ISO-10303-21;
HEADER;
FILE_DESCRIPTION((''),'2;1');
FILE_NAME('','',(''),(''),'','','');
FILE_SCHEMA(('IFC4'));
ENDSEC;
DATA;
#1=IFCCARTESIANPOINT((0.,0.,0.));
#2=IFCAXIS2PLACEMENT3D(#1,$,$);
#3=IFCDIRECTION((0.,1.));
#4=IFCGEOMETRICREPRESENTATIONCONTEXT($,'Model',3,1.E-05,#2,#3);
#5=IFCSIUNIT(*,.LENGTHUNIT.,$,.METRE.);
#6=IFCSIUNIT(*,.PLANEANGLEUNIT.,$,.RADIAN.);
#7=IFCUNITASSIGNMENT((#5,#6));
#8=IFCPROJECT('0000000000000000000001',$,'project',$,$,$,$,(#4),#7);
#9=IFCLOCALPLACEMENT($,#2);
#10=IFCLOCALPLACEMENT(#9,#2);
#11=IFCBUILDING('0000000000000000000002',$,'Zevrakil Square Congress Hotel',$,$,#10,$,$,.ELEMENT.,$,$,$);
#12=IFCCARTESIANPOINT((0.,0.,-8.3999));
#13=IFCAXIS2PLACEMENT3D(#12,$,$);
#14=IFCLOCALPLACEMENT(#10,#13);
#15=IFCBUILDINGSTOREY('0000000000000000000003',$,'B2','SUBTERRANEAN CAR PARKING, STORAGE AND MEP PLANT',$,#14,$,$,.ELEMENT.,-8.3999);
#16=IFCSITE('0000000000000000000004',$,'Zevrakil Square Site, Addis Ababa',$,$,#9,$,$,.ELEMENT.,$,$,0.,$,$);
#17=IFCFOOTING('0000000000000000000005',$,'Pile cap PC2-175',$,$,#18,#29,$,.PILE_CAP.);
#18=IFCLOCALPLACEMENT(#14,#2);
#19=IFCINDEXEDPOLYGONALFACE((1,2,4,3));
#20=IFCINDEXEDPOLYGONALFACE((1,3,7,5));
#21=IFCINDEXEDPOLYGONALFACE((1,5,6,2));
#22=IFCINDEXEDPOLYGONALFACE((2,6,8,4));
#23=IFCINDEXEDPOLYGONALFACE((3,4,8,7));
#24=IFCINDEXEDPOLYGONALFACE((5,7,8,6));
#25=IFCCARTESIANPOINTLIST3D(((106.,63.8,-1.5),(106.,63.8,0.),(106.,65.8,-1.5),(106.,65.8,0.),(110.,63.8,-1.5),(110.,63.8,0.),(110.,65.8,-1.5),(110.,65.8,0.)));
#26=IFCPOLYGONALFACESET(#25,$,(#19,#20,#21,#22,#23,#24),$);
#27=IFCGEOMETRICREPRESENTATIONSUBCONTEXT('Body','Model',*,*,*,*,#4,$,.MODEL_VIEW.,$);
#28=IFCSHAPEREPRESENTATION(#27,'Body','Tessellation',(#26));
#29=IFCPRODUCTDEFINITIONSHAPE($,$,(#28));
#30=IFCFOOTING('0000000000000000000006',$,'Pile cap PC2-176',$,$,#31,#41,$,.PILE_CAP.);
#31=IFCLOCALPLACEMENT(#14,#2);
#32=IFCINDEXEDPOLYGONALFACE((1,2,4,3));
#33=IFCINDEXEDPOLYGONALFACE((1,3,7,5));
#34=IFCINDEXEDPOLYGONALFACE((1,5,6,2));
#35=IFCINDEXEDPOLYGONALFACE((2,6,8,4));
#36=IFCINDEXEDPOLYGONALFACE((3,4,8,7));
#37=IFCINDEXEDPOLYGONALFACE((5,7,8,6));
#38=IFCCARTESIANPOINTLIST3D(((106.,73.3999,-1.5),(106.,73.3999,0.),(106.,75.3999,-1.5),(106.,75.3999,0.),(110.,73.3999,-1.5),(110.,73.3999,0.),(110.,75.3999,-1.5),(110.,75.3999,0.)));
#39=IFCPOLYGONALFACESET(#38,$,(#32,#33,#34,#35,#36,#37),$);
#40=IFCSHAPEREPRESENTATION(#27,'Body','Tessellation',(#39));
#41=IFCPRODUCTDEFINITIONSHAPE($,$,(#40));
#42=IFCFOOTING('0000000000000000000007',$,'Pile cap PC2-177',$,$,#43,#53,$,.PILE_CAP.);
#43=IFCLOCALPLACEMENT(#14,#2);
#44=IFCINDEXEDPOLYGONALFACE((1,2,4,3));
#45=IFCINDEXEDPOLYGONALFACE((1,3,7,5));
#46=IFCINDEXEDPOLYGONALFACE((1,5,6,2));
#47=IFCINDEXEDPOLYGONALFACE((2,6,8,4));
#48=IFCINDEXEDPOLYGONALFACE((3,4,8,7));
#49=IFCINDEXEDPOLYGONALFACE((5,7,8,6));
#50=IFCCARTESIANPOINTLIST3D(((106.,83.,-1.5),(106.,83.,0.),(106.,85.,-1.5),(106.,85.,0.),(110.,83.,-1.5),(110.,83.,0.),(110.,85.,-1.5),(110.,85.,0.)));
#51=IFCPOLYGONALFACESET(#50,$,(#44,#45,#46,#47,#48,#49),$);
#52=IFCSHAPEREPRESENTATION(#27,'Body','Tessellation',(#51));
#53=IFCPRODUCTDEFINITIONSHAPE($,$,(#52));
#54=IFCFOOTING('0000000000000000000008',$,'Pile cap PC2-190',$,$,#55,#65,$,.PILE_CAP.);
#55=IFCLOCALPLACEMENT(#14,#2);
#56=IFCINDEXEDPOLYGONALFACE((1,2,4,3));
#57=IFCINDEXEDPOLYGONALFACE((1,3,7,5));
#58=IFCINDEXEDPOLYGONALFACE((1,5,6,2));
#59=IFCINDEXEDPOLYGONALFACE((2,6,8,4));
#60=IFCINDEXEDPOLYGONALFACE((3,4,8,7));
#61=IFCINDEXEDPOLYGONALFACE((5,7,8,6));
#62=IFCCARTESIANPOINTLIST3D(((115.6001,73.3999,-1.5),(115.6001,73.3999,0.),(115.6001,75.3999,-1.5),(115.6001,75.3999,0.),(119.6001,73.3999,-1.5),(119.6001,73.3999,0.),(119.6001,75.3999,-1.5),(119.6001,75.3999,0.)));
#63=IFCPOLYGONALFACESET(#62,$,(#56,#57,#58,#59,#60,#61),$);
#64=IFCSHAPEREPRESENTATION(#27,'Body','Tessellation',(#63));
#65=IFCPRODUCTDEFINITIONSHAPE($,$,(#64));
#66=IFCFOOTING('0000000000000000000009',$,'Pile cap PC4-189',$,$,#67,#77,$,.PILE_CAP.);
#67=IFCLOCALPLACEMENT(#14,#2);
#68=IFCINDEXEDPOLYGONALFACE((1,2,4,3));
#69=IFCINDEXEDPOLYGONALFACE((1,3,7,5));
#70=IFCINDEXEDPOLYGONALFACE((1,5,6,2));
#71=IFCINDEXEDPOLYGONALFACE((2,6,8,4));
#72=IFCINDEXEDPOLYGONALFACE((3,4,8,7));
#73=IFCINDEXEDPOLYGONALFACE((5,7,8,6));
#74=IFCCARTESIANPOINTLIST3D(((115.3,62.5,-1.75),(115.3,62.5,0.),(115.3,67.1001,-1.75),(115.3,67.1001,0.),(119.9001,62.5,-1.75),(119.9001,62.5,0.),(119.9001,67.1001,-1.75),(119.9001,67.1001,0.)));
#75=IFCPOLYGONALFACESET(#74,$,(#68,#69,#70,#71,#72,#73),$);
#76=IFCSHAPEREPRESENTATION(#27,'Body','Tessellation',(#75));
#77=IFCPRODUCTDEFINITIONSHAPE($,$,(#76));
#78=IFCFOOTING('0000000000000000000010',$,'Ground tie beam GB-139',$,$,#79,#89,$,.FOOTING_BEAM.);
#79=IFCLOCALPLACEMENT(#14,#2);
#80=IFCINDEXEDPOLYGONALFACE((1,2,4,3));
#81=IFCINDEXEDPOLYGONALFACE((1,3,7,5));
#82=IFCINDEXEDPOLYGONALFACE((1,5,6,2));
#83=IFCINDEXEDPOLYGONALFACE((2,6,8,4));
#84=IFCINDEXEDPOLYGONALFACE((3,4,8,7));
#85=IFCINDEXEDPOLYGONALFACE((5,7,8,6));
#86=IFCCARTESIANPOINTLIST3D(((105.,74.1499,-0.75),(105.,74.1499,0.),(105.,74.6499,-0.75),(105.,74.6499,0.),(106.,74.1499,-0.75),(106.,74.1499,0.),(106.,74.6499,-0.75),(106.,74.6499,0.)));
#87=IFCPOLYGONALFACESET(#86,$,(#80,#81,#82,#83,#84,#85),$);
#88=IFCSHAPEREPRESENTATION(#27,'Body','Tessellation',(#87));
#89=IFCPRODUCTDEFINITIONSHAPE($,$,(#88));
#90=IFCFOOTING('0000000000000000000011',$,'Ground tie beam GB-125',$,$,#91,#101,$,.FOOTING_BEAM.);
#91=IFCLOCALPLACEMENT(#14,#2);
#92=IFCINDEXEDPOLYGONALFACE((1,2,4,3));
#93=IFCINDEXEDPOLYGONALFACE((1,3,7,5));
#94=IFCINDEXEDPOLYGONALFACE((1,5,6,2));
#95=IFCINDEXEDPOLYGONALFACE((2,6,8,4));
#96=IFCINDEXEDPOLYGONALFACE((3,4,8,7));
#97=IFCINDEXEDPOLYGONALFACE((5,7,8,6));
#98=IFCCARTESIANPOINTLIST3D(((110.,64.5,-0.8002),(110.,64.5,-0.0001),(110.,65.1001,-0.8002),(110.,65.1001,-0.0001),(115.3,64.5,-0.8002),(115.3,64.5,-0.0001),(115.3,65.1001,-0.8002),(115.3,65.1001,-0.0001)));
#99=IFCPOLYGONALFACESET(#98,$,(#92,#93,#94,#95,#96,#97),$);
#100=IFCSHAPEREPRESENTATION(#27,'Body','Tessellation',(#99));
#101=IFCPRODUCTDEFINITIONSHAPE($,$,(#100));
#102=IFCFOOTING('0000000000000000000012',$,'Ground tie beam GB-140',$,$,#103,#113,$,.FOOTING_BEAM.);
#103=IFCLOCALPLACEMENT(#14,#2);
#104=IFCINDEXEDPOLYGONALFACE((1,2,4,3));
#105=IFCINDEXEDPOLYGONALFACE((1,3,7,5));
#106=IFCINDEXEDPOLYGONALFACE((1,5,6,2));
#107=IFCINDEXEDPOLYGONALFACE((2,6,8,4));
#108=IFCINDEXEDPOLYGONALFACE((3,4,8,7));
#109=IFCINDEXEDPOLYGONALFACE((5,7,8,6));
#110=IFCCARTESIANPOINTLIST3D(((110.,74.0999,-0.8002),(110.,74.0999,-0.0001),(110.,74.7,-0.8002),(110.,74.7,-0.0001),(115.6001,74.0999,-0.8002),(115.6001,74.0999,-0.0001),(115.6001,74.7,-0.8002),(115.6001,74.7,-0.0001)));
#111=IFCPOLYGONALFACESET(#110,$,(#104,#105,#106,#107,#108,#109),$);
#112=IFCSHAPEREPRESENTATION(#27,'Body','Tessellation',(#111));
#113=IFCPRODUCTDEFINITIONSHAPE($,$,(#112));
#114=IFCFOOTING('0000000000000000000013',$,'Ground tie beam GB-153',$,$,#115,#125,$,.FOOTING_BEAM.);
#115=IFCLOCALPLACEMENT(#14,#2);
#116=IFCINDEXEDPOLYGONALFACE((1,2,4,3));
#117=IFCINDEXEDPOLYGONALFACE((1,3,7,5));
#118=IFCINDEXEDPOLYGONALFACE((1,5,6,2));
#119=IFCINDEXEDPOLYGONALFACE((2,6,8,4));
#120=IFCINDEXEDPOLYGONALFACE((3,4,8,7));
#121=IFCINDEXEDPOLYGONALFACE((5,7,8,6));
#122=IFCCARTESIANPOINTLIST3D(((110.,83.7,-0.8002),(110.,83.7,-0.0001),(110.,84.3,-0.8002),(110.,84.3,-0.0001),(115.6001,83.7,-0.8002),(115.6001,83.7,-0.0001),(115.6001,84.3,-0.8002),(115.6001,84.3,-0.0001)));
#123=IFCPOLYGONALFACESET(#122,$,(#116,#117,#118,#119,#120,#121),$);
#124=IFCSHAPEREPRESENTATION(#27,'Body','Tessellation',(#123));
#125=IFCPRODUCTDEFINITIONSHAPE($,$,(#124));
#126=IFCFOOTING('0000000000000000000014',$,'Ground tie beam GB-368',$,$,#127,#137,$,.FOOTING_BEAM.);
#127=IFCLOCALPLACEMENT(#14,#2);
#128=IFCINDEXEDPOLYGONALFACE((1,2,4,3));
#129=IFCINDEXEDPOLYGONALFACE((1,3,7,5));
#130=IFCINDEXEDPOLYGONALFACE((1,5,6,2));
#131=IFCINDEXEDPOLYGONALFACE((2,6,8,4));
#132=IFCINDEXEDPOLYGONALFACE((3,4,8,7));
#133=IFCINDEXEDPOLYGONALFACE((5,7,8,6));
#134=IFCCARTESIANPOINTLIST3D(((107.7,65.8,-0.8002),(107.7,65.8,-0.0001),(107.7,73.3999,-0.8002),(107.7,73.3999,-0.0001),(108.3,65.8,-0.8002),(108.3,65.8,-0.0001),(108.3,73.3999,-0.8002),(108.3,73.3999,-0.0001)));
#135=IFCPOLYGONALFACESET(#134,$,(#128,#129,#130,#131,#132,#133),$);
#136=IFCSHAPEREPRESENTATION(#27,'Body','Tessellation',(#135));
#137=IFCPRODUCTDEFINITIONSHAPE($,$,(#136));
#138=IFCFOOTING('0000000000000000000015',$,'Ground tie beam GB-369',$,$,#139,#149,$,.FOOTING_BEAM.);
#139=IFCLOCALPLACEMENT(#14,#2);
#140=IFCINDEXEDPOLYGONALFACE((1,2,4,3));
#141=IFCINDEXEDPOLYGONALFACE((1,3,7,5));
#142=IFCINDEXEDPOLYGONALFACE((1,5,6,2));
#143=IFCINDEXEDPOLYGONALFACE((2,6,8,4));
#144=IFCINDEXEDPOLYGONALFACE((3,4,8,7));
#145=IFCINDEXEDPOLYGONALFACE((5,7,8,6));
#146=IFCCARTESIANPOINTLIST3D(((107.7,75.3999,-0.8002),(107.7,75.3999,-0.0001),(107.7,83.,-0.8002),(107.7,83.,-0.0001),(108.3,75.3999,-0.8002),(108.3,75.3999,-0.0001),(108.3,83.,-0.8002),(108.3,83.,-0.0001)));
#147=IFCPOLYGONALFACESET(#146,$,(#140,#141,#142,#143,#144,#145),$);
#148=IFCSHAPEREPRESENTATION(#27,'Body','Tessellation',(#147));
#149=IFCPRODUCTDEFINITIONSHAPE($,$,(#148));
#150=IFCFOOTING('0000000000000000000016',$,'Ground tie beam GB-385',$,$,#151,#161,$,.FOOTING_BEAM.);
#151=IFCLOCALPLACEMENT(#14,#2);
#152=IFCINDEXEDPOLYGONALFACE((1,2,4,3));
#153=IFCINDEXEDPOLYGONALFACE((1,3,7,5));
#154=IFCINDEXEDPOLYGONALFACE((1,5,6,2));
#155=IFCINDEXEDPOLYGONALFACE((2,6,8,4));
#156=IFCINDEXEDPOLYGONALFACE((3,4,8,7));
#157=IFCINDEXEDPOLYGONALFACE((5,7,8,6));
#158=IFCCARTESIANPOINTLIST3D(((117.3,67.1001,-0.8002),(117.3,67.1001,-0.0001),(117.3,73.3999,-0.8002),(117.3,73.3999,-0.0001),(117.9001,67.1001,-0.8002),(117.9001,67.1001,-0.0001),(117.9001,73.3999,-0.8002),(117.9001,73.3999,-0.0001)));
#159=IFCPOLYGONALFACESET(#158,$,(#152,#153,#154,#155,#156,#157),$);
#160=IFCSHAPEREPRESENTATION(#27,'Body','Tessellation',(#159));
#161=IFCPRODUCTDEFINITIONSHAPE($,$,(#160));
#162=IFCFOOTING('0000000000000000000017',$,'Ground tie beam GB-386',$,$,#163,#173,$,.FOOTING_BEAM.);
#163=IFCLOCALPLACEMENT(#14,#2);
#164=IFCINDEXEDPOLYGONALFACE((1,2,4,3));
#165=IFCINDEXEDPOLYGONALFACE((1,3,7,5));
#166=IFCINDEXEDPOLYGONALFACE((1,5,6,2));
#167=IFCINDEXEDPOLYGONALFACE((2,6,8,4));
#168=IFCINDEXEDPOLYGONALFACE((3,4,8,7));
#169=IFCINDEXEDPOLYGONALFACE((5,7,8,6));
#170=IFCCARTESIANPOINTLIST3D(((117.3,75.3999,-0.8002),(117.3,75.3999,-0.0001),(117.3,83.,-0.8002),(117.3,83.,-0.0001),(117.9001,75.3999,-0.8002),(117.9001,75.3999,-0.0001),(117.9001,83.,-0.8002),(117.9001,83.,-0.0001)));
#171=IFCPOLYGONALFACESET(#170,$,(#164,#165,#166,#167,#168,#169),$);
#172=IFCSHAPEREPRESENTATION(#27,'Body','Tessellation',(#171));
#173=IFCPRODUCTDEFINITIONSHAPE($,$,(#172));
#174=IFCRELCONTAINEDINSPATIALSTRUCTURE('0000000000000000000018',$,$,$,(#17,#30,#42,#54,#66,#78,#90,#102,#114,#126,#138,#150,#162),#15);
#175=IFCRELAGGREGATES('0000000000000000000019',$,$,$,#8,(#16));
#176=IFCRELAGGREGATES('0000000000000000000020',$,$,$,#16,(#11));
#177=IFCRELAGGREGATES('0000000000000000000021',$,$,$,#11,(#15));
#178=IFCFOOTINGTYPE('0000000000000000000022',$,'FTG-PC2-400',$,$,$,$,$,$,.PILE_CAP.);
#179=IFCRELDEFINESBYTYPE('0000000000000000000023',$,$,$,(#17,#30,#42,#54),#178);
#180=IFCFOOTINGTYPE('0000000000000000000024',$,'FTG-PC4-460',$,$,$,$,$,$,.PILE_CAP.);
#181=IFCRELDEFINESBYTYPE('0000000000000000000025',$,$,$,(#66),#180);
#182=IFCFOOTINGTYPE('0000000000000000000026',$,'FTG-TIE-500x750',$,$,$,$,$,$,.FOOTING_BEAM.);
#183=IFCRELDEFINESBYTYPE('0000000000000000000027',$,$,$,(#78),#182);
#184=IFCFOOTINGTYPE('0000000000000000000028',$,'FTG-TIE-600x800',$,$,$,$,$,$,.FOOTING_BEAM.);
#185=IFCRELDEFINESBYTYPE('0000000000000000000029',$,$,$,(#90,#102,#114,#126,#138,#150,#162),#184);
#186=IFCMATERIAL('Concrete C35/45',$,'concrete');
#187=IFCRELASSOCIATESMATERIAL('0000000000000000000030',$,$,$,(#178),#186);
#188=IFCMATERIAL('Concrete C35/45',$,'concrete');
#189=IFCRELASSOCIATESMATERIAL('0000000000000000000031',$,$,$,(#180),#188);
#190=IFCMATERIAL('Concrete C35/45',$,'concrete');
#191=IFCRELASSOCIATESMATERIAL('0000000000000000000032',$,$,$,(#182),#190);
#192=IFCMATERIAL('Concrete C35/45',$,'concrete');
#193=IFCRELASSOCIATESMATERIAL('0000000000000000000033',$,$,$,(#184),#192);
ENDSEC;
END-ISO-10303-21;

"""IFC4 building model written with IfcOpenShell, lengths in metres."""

from ifc_helpers import new_model, si_unit, direction, frame, origin, origin_2d, place, context, subcontext, project, spatial, rectangle, extrude, material, material_profile, profile_set, type_object, element, save


model = new_model("IFC4")

# Units and contexts
model_context = context("Model", 3, precision=1e-05, world=origin(), true_north=direction((0.0, 1.0)))
body_context = subcontext(model_context, "Body", "Model", "MODEL_VIEW")
ifc_project = project(units=[si_unit("LENGTHUNIT", "METRE"), si_unit("PLANEANGLEUNIT", "RADIAN")], contexts=[model_context])

# Site, building, storey
site_placement = place(None, origin())
site = spatial("IfcSite", under=ifc_project, at=site_placement, Name="Zevrakil Square Site, Addis Ababa", CompositionType="ELEMENT", RefElevation=0.0)
building_placement = place(site_placement, origin())
building = spatial("IfcBuilding", under=site, at=building_placement, Name="Zevrakil Square Congress Hotel", CompositionType="ELEMENT")
storey_placement = place(building_placement, frame((0.0, 0.0, -8.3999)))
storey = spatial("IfcBuildingStorey", under=building, at=storey_placement, Name="B2", Description="SUBTERRANEAN CAR PARKING, STORAGE AND MEP PLANT", CompositionType="ELEMENT", Elevation=-8.3999)

# Footings
ifc_material_1 = material(Name="Concrete C35/45", Category="concrete")
footing_type_1 = type_object("IfcFootingType", Name="FTG-PC2-400", PredefinedType="PILE_CAP", material=ifc_material_1)
for number, where, z_axis, x_axis, name in (
    (1, (108.0, 64.8, -1.5), (0.0, 0.0, 1.0), (1.0, 0.0, 0.0), "Pile cap PC2-175"),
    (2, (108.0, 74.3999, -1.5), (0.0, 0.0, 1.0), (1.0, 0.0, 0.0), "Pile cap PC2-176"),
    (3, (108.0, 84.0, -1.5), (0.0, 0.0, 1.0), (1.0, 0.0, 0.0), "Pile cap PC2-177"),
    (4, (117.6001, 74.3999, -1.5), (0.0, 0.0, 1.0), (1.0, 0.0, 0.0), "Pile cap PC2-190"),
):
    element("IfcFooting", number, at=place(storey_placement, frame(where, z_axis=z_axis, x_axis=x_axis)), inside=storey, type_object=footing_type_1, Name=name, PredefinedType="PILE_CAP", context=body_context, shape_type="SweptSolid", body=[
        extrude(rectangle(XDim=4.0, YDim=2.0, at=origin_2d()), origin(), (0.0, 0.0, 1.0), 1.5),
    ])
ifc_material_2 = material(Name="Concrete C35/45", Category="concrete")
footing_type_2 = type_object("IfcFootingType", Name="FTG-PC4-460", PredefinedType="PILE_CAP", material=ifc_material_2)
footing_1_placement = place(storey_placement, frame((117.6001, 64.8, -1.75), z_axis=(0.0, 0.0, 1.0), x_axis=(1.0, 0.0, 0.0)))
element("IfcFooting", 5, at=footing_1_placement, inside=storey, type_object=footing_type_2, Name="Pile cap PC4-189", PredefinedType="PILE_CAP", context=body_context, shape_type="SweptSolid", body=[
    extrude(rectangle(XDim=4.6001, YDim=4.6001, at=origin_2d()), origin(), (0.0, 0.0, 1.0), 1.75),
])
ifc_material_3 = material(Name="Concrete C35/45", Category="concrete")
ifc_material_profile_1 = material_profile(ifc_material_3, rectangle(XDim=0.5, YDim=0.75, at=origin_2d()), Name="RC 500x750")
ifc_profile_set_1 = profile_set([ifc_material_profile_1], Name="Concrete C35/45")
footing_type_3 = type_object("IfcFootingType", Name="FTG-TIE-500x750", PredefinedType="FOOTING_BEAM", material=ifc_profile_set_1)
footing_2_placement = place(storey_placement, frame((105.0, 74.3999, -0.375), z_axis=(1.0, 0.0, 0.0), x_axis=(0.0, 1.0, 0.0)))
element("IfcFooting", 6, at=footing_2_placement, inside=storey, type_object=footing_type_3, Name="Ground tie beam GB-139", PredefinedType="FOOTING_BEAM", context=body_context, shape_type="SweptSolid", body=[
    extrude(rectangle(XDim=0.5, YDim=0.75, at=origin_2d()), origin(), (0.0, 0.0, 1.0), 1.0),
])
ifc_material_4 = material(Name="Concrete C35/45", Category="concrete")
ifc_material_profile_2 = material_profile(ifc_material_4, rectangle(XDim=0.6001, YDim=0.8, at=origin_2d()), Name="RC 600x800")
ifc_profile_set_2 = profile_set([ifc_material_profile_2], Name="Concrete C35/45")
footing_type_4 = type_object("IfcFootingType", Name="FTG-TIE-600x800", PredefinedType="FOOTING_BEAM", material=ifc_profile_set_2)
footing_3_placement = place(storey_placement, frame((110.0, 64.8, -0.4001), z_axis=(1.0, 0.0, 0.0), x_axis=(0.0, 1.0, 0.0)))
element("IfcFooting", 7, at=footing_3_placement, inside=storey, type_object=footing_type_4, Name="Ground tie beam GB-125", PredefinedType="FOOTING_BEAM", context=body_context, shape_type="SweptSolid", body=[
    extrude(rectangle(XDim=0.6001, YDim=0.8, at=origin_2d()), origin(), (0.0, 0.0, 1.0), 5.3),
])
for number, where, z_axis, x_axis, name in (
    (8, (110.0, 74.3999, -0.4001), (1.0, 0.0, 0.0), (0.0, 1.0, 0.0), "Ground tie beam GB-140"),
    (9, (110.0, 84.0, -0.4001), (1.0, 0.0, 0.0), (0.0, 1.0, 0.0), "Ground tie beam GB-153"),
):
    element("IfcFooting", number, at=place(storey_placement, frame(where, z_axis=z_axis, x_axis=x_axis)), inside=storey, type_object=footing_type_4, Name=name, PredefinedType="FOOTING_BEAM", context=body_context, shape_type="SweptSolid", body=[
        extrude(rectangle(XDim=0.6001, YDim=0.8, at=origin_2d()), origin(), (0.0, 0.0, 1.0), 5.6001),
    ])
footing_4_placement = place(storey_placement, frame((108.0, 65.8, -0.4001), z_axis=(0.0, 1.0, 0.0), x_axis=(-1.0, 0.0, 0.0)))
element("IfcFooting", 10, at=footing_4_placement, inside=storey, type_object=footing_type_4, Name="Ground tie beam GB-368", PredefinedType="FOOTING_BEAM", context=body_context, shape_type="SweptSolid", body=[
    extrude(rectangle(XDim=0.6001, YDim=0.8, at=origin_2d()), origin(), (0.0, 0.0, 1.0), 7.5999),
])
footing_5_placement = place(storey_placement, frame((108.0, 75.3999, -0.4001), z_axis=(0.0, 1.0, 0.0), x_axis=(-1.0, 0.0, 0.0)))
element("IfcFooting", 11, at=footing_5_placement, inside=storey, type_object=footing_type_4, Name="Ground tie beam GB-369", PredefinedType="FOOTING_BEAM", context=body_context, shape_type="SweptSolid", body=[
    extrude(rectangle(XDim=0.6001, YDim=0.8, at=origin_2d()), origin(), (0.0, 0.0, 1.0), 7.6001),
])
footing_6_placement = place(storey_placement, frame((117.6001, 67.1001, -0.4001), z_axis=(0.0, 1.0, 0.0), x_axis=(-1.0, 0.0, 0.0)))
element("IfcFooting", 12, at=footing_6_placement, inside=storey, type_object=footing_type_4, Name="Ground tie beam GB-385", PredefinedType="FOOTING_BEAM", context=body_context, shape_type="SweptSolid", body=[
    extrude(rectangle(XDim=0.6001, YDim=0.8, at=origin_2d()), origin(), (0.0, 0.0, 1.0), 6.2998),
])
footing_7_placement = place(storey_placement, frame((117.6001, 75.3999, -0.4001), z_axis=(0.0, 1.0, 0.0), x_axis=(-1.0, 0.0, 0.0)))
element("IfcFooting", 13, at=footing_7_placement, inside=storey, type_object=footing_type_4, Name="Ground tie beam GB-386", PredefinedType="FOOTING_BEAM", context=body_context, shape_type="SweptSolid", body=[
    extrude(rectangle(XDim=0.6001, YDim=0.8, at=origin_2d()), origin(), (0.0, 0.0, 1.0), 7.6001),
])

save(model, "model.ifc")
